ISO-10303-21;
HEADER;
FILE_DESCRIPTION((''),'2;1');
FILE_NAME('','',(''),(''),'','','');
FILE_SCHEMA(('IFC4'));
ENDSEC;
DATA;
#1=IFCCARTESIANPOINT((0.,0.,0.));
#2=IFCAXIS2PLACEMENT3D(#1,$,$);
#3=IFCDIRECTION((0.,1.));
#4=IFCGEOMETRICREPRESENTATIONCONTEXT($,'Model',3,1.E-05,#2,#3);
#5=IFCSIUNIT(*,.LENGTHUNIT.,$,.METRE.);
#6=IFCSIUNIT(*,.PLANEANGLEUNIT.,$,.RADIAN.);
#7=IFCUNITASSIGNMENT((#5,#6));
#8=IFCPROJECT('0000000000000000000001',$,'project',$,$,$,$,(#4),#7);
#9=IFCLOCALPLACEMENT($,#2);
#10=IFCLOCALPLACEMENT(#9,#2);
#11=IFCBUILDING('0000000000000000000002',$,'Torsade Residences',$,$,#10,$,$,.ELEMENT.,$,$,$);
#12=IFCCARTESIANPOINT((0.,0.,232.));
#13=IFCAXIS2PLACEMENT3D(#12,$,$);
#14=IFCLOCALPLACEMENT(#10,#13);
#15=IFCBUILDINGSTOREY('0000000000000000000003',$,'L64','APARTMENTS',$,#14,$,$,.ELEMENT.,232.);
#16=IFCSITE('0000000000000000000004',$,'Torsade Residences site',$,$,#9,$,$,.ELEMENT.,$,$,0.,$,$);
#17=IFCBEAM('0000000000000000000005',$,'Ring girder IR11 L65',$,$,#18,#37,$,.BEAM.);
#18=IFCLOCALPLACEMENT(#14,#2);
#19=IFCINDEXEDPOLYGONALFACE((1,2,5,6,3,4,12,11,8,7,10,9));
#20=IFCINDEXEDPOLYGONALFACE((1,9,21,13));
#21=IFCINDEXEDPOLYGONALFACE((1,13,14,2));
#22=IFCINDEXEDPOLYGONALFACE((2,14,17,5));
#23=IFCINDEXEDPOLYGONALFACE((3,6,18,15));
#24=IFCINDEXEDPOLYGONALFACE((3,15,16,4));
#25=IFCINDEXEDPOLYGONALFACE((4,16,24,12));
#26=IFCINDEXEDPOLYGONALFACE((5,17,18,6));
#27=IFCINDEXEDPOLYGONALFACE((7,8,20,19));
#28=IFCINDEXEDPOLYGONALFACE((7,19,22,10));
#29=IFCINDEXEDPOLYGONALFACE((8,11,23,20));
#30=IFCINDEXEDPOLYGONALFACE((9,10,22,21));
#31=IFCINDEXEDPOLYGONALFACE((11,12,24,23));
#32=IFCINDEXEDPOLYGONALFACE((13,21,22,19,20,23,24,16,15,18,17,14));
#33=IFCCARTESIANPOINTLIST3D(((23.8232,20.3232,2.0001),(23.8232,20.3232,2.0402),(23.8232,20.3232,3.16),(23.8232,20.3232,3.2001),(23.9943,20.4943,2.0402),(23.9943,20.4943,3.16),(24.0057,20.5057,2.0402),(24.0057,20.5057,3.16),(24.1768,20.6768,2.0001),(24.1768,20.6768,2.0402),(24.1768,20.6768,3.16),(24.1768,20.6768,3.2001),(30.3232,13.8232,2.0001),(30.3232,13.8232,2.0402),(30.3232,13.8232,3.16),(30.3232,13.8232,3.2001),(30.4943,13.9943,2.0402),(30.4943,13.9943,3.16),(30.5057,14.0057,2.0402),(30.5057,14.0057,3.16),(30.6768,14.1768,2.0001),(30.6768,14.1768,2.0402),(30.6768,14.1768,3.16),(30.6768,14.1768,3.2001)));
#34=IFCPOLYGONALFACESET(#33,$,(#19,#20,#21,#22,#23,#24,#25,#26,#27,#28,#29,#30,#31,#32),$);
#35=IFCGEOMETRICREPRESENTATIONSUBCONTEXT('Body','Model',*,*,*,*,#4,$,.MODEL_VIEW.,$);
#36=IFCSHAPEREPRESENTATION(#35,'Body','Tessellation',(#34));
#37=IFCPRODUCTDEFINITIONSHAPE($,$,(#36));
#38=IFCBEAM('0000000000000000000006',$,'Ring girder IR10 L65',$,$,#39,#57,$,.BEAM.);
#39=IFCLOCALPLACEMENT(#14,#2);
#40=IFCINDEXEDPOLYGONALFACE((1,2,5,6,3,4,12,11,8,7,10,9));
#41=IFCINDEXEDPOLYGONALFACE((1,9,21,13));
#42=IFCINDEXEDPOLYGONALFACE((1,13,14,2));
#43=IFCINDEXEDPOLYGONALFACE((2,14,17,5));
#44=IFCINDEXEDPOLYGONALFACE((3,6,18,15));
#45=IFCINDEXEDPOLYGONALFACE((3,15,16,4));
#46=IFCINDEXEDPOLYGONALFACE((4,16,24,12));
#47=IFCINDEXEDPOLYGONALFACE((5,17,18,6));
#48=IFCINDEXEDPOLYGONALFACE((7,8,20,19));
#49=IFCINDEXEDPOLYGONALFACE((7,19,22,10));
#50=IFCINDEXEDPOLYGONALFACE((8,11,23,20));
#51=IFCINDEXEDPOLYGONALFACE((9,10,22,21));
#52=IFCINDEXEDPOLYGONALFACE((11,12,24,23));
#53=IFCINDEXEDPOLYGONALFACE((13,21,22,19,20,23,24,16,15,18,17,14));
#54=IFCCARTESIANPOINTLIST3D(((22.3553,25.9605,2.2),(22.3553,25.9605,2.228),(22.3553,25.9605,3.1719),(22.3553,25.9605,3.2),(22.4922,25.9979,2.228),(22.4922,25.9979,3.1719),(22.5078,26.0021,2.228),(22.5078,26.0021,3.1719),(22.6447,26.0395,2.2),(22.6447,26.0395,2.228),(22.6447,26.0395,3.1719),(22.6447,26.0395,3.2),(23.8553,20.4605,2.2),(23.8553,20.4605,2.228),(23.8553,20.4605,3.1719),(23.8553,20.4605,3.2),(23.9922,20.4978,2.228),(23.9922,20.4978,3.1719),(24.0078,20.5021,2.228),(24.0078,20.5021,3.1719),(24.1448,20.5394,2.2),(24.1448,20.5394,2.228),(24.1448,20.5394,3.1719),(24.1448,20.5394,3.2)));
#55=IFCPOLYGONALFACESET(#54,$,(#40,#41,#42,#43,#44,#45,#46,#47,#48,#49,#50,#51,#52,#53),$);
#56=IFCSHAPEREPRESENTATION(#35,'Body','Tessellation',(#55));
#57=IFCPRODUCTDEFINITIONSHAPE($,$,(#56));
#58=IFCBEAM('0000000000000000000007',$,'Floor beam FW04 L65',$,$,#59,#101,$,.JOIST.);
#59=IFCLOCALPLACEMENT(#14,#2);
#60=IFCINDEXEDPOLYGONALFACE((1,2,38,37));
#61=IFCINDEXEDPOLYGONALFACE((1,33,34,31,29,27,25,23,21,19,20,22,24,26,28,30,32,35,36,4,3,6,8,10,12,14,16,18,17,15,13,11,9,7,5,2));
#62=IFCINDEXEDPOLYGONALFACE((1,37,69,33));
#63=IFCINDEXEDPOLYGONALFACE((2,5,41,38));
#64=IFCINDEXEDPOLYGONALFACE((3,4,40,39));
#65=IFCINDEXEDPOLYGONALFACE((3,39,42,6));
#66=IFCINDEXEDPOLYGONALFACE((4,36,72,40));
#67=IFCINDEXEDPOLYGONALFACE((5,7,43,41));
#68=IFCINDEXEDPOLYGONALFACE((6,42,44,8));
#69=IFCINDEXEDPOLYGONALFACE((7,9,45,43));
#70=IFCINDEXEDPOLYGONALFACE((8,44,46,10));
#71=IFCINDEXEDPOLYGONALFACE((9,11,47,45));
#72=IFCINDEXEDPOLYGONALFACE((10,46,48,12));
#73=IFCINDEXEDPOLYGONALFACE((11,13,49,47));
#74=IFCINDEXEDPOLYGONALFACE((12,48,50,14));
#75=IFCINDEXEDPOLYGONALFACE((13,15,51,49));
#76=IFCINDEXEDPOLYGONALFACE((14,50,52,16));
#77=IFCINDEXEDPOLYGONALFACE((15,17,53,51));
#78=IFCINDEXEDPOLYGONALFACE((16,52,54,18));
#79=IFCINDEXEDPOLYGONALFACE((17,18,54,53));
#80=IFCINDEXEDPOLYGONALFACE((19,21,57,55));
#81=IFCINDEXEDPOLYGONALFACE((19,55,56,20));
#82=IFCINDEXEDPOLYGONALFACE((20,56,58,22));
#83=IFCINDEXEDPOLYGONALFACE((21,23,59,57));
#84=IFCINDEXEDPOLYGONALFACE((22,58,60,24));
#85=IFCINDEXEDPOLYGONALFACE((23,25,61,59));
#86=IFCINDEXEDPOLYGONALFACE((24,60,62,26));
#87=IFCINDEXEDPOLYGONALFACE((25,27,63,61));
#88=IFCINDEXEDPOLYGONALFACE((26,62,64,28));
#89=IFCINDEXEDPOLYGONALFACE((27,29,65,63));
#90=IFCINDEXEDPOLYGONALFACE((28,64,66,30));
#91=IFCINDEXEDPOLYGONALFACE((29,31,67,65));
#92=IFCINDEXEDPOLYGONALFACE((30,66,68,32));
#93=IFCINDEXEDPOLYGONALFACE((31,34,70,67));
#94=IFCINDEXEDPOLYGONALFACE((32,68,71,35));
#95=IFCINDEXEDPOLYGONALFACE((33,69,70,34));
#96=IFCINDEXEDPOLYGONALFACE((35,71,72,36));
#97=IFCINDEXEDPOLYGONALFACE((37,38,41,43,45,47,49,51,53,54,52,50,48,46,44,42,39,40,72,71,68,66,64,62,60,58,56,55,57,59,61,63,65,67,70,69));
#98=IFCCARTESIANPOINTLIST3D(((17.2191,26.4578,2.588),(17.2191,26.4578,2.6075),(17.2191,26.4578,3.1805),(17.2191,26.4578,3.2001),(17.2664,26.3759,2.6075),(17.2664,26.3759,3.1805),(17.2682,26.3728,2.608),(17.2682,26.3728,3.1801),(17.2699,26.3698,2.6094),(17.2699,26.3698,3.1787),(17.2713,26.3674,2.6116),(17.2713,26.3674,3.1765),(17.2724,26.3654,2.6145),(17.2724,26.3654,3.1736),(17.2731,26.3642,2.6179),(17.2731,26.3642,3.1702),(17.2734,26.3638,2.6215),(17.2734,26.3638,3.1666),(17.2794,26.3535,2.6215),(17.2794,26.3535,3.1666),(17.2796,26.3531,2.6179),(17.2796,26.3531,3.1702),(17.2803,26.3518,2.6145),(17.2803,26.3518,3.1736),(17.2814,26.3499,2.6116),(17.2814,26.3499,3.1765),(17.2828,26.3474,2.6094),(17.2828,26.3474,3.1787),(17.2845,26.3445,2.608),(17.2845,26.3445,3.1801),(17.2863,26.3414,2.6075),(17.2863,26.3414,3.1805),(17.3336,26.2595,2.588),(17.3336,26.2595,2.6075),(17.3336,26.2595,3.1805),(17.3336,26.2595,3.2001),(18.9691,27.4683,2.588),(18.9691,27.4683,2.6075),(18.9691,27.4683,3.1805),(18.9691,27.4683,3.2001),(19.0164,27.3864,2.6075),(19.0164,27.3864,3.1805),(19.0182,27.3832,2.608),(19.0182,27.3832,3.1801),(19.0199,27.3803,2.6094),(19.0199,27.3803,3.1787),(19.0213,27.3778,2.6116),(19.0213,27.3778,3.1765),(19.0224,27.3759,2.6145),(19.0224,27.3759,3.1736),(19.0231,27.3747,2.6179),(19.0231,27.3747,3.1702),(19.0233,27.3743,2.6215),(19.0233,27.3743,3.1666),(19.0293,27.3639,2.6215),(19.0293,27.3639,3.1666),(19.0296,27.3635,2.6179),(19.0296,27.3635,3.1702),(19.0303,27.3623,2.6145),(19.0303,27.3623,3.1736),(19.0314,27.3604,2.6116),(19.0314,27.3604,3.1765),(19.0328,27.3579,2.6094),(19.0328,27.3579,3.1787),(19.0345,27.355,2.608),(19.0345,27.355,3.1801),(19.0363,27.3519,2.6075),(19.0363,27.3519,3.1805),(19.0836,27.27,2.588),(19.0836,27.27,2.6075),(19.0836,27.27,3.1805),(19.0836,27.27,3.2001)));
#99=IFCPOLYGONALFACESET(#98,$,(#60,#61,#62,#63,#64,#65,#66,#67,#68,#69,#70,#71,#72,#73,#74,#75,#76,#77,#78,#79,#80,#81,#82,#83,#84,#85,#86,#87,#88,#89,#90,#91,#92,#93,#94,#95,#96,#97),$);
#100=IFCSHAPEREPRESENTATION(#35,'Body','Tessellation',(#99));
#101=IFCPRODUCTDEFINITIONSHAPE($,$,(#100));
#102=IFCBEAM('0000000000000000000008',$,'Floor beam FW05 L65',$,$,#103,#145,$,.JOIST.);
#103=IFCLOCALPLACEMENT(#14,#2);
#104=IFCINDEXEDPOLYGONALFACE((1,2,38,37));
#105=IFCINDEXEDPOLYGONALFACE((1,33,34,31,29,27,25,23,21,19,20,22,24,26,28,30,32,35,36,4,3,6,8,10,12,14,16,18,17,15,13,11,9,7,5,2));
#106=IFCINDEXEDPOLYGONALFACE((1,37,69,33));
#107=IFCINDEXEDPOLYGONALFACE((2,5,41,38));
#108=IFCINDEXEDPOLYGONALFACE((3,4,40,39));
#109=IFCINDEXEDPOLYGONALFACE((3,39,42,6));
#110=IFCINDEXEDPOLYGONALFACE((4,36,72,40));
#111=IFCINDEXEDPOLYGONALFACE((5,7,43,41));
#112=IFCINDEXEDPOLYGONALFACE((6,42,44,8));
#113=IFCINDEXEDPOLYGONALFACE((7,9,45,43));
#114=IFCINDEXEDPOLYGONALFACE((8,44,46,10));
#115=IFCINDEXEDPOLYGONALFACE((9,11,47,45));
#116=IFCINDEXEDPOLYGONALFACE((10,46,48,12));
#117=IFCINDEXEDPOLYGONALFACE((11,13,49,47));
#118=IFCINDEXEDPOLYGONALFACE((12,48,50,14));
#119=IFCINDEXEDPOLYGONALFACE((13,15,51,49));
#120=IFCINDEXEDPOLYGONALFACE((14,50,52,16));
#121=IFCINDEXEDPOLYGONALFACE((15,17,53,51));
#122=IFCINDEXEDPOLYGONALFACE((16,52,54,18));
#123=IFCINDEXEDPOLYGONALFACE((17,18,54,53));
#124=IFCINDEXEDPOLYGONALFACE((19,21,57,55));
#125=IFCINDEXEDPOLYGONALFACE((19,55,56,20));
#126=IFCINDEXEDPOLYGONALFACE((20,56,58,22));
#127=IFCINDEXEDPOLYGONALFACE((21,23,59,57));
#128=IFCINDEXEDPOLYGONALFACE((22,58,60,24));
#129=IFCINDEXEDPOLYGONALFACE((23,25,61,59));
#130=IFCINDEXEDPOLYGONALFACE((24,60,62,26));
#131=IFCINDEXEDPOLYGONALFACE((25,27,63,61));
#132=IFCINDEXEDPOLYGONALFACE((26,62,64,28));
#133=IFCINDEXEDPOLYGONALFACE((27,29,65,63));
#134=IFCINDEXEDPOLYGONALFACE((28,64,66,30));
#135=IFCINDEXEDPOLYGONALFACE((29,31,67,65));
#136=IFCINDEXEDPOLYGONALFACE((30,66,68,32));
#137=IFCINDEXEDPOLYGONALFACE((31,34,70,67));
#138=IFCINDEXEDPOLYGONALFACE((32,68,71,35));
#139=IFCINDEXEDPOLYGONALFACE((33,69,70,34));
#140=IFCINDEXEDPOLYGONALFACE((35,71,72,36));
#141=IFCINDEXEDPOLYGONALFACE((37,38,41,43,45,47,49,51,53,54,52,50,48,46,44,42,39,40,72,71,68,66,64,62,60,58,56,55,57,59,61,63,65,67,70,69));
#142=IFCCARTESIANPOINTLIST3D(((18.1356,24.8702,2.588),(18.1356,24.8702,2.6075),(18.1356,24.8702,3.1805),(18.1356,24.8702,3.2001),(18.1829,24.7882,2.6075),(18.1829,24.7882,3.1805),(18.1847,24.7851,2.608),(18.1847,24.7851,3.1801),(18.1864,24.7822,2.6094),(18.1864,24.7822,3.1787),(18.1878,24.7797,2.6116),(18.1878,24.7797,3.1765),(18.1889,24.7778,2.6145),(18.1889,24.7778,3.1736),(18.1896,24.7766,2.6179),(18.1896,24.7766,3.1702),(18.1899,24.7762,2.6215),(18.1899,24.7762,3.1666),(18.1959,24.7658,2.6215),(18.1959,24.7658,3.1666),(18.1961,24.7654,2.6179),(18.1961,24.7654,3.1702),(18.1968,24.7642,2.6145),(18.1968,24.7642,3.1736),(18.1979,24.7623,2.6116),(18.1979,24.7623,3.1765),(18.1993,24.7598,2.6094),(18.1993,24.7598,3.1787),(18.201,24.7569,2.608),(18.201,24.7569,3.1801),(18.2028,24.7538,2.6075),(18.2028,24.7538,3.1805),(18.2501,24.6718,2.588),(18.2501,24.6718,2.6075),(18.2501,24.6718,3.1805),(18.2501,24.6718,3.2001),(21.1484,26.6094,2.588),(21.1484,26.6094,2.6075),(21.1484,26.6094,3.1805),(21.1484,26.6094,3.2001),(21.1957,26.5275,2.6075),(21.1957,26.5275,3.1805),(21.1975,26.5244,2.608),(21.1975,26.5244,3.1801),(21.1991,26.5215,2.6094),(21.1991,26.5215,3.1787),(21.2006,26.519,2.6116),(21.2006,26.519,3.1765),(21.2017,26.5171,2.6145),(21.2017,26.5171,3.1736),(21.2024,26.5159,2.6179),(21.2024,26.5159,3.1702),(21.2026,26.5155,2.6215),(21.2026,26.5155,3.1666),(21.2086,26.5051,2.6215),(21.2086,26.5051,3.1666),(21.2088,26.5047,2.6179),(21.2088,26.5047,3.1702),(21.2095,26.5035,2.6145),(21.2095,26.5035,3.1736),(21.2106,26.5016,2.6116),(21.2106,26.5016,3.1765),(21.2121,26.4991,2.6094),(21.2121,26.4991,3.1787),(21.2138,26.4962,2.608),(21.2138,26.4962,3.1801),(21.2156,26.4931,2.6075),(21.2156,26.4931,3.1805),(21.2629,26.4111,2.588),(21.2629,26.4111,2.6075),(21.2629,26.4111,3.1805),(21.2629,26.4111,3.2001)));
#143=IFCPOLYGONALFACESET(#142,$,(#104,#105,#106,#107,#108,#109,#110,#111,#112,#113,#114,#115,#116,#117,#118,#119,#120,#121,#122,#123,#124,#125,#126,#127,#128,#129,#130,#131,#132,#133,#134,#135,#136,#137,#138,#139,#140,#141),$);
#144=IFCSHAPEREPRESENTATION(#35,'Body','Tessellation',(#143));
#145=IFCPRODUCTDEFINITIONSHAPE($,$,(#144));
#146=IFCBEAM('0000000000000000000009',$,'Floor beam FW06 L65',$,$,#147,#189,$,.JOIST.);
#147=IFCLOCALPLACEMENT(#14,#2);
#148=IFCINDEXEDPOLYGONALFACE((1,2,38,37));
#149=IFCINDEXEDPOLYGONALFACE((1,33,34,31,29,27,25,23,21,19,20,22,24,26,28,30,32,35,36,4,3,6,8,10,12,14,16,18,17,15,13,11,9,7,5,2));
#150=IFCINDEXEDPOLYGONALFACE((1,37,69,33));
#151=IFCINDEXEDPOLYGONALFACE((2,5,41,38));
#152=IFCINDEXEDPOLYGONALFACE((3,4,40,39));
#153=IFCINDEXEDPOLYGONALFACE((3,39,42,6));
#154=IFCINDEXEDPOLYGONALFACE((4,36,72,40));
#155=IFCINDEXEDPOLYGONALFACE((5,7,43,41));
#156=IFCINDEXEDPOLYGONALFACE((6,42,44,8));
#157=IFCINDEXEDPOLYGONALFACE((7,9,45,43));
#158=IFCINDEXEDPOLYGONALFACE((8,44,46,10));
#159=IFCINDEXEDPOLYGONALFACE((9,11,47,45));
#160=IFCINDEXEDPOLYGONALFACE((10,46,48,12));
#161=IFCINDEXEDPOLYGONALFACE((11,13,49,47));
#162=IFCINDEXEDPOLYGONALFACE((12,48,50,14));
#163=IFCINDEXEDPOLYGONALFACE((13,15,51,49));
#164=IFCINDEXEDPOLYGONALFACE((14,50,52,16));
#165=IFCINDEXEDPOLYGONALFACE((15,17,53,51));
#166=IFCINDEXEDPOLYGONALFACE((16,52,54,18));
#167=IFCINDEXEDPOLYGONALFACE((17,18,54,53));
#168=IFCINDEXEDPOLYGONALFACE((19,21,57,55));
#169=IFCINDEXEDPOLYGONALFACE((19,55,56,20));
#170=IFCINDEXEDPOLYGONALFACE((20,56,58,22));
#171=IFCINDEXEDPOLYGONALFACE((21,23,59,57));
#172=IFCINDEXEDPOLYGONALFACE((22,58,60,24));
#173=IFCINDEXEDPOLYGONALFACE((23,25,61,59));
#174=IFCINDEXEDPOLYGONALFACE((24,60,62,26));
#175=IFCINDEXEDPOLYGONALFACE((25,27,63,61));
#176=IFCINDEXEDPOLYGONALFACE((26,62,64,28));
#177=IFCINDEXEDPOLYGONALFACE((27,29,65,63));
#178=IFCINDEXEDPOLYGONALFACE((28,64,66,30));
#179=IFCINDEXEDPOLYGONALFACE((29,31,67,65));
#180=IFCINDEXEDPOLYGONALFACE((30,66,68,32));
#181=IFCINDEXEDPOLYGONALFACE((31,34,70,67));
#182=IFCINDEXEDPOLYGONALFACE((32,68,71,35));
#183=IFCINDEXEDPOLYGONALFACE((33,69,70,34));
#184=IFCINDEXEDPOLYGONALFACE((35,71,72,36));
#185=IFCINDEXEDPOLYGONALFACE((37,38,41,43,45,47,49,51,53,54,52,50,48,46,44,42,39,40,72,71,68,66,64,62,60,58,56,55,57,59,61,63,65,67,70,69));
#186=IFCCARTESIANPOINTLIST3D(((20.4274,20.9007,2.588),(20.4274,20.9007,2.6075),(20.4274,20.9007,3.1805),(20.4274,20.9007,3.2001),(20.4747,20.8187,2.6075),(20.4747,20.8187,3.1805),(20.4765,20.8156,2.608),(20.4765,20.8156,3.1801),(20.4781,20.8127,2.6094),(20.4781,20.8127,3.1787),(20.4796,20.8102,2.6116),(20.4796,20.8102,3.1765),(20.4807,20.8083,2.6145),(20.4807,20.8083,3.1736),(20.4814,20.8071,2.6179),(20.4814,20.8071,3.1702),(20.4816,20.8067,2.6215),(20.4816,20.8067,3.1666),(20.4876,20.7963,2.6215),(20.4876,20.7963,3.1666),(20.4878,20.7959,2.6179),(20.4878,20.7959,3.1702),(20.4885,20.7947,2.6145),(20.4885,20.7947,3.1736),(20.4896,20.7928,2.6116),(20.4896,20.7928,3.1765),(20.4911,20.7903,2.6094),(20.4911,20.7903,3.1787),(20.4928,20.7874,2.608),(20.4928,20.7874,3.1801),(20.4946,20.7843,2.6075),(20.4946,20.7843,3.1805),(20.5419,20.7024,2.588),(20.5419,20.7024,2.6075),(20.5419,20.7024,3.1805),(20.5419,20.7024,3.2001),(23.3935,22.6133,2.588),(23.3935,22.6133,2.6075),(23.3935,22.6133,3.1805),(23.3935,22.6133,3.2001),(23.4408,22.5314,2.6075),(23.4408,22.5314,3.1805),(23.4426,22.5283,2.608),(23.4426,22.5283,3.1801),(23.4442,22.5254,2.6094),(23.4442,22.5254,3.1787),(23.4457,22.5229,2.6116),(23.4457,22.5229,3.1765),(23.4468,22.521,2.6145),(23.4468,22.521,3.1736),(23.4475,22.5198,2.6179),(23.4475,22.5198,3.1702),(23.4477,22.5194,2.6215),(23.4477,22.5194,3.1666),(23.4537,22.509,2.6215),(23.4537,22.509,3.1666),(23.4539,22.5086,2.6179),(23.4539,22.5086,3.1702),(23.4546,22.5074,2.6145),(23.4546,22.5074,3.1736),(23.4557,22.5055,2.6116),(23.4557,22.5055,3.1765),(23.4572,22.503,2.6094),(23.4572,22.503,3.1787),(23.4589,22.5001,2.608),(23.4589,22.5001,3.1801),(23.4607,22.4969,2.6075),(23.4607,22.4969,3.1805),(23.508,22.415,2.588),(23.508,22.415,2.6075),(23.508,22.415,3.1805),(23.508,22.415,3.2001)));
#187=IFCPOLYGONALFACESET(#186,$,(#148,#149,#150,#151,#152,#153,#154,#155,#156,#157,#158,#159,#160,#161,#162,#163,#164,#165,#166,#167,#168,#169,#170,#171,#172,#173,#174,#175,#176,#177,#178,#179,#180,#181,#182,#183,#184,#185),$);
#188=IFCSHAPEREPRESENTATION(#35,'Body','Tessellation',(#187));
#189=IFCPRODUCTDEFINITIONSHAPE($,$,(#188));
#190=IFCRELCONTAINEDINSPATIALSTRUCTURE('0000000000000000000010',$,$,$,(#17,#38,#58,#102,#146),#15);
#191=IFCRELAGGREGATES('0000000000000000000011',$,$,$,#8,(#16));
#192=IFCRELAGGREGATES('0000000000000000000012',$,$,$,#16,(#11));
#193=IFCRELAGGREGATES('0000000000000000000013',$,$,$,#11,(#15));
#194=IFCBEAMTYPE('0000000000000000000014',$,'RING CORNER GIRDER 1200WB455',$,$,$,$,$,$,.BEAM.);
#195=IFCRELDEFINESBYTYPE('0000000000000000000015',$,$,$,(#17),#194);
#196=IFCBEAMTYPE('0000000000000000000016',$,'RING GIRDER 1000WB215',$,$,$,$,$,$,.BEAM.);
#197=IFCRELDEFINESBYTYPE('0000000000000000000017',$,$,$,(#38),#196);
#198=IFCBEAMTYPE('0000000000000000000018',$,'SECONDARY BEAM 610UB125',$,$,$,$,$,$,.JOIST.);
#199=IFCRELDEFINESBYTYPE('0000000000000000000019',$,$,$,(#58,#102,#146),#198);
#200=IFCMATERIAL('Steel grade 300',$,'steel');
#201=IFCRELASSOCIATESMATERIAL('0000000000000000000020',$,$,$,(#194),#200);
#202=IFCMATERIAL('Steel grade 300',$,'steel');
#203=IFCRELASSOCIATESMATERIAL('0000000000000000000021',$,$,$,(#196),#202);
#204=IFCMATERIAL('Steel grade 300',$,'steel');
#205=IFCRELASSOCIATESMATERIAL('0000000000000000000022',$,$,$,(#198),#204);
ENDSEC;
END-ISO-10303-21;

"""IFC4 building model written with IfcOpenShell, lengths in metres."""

from ifc_helpers import new_model, si_unit, direction, frame, origin, origin_2d, place, context, subcontext, project, spatial, i_section, extrude, material, material_profile, profile_set, type_object, element, save


model = new_model("IFC4")

# Units and contexts
model_context = context("Model", 3, precision=1e-05, world=origin(), true_north=direction((0.0, 1.0)))
body_context = subcontext(model_context, "Body", "Model", "MODEL_VIEW")
ifc_project = project(units=[si_unit("LENGTHUNIT", "METRE"), si_unit("PLANEANGLEUNIT", "RADIAN")], contexts=[model_context])

# Site, building, storey
site_placement = place(None, origin())
site = spatial("IfcSite", under=ifc_project, at=site_placement, Name="Torsade Residences site", CompositionType="ELEMENT", RefElevation=0.0)
building_placement = place(site_placement, origin())
building = spatial("IfcBuilding", under=site, at=building_placement, Name="Torsade Residences", CompositionType="ELEMENT")
storey_placement = place(building_placement, frame((0.0, 0.0, 232.0)))
storey = spatial("IfcBuildingStorey", under=building, at=storey_placement, Name="L64", Description="APARTMENTS", CompositionType="ELEMENT", Elevation=232.0)

# Beams
ifc_material_1 = material(Name="Steel grade 300", Category="steel")
ifc_material_profile_1 = material_profile(ifc_material_1, i_section(OverallWidth=0.5, OverallDepth=1.2, WebThickness=0.0161, FlangeThickness=0.04, at=origin_2d()), Name="1200WB455")
ifc_profile_set_1 = profile_set([ifc_material_profile_1], Name="Steel grade 300")
beam_type_1 = type_object("IfcBeamType", Name="RING CORNER GIRDER 1200WB455", PredefinedType="BEAM", material=ifc_profile_set_1)
beam_1_placement = place(storey_placement, frame((24.0, 20.5, 2.6001), z_axis=(0.707107, -0.707107, 0.0), x_axis=(0.707107, 0.707107, 0.0)))
element("IfcBeam", 1, at=beam_1_placement, inside=storey, type_object=beam_type_1, Name="Ring girder IR11 L65", PredefinedType="BEAM", context=body_context, shape_type="SweptSolid", body=[
    extrude(i_section(OverallWidth=0.5, OverallDepth=1.2, WebThickness=0.0161, FlangeThickness=0.04, at=origin_2d()), origin(), (0.0, 0.0, 1.0), 9.1924),
])
ifc_material_2 = material(Name="Steel grade 300", Category="steel")
ifc_material_profile_2 = material_profile(ifc_material_2, i_section(OverallWidth=0.3, OverallDepth=1.0, WebThickness=0.0161, FlangeThickness=0.0281, at=origin_2d()), Name="1000WB215")
ifc_profile_set_2 = profile_set([ifc_material_profile_2], Name="Steel grade 300")
beam_type_2 = type_object("IfcBeamType", Name="RING GIRDER 1000WB215", PredefinedType="BEAM", material=ifc_profile_set_2)
beam_2_placement = place(storey_placement, frame((22.5, 26.0, 2.7), z_axis=(0.263117, -0.964764, 0.0), x_axis=(0.964764, 0.263117, 0.0)))
element("IfcBeam", 2, at=beam_2_placement, inside=storey, type_object=beam_type_2, Name="Ring girder IR10 L65", PredefinedType="BEAM", context=body_context, shape_type="SweptSolid", body=[
    extrude(i_section(OverallWidth=0.3, OverallDepth=1.0, WebThickness=0.0161, FlangeThickness=0.0281, at=origin_2d()), origin(), (0.0, 0.0, 1.0), 5.7009),
])
ifc_material_3 = material(Name="Steel grade 300", Category="steel")
ifc_material_profile_3 = material_profile(ifc_material_3, i_section(OverallWidth=0.229, OverallDepth=0.6121, WebThickness=0.012, FlangeThickness=0.0195, FilletRadius=0.0139, at=origin_2d()), Name="610UB125")
ifc_profile_set_3 = profile_set([ifc_material_profile_3], Name="Steel grade 300")
beam_type_3 = type_object("IfcBeamType", Name="SECONDARY BEAM 610UB125", PredefinedType="JOIST", material=ifc_profile_set_3)
beam_3_placement = place(storey_placement, frame((17.2764, 26.3586, 2.894), z_axis=(0.865996, 0.50005, 0.0), x_axis=(-0.50005, 0.865996, 0.0)))
element("IfcBeam", 3, at=beam_3_placement, inside=storey, type_object=beam_type_3, Name="Floor beam FW04 L65", PredefinedType="JOIST", context=body_context, shape_type="SweptSolid", body=[
    extrude(i_section(OverallWidth=0.229, OverallDepth=0.6121, WebThickness=0.012, FlangeThickness=0.0195, FilletRadius=0.0139, at=origin_2d()), origin(), (0.0, 0.0, 1.0), 2.0208),
])
beam_4_placement = place(storey_placement, frame((18.1929, 24.771, 2.894), z_axis=(0.866041, 0.499974, 0.0), x_axis=(-0.499974, 0.866041, 0.0)))
element("IfcBeam", 4, at=beam_4_placement, inside=storey, type_object=beam_type_3, Name="Floor beam FW05 L65", PredefinedType="JOIST", context=body_context, shape_type="SweptSolid", body=[
    extrude(i_section(OverallWidth=0.229, OverallDepth=0.6121, WebThickness=0.012, FlangeThickness=0.0195, FilletRadius=0.0139, at=origin_2d()), origin(), (0.0, 0.0, 1.0), 3.4788),
])
beam_5_placement = place(storey_placement, frame((20.4846, 20.8015, 2.894), z_axis=(0.866002, 0.500041, 0.0), x_axis=(-0.500041, 0.866002, 0.0)))
element("IfcBeam", 5, at=beam_5_placement, inside=storey, type_object=beam_type_3, Name="Floor beam FW06 L65", PredefinedType="JOIST", context=body_context, shape_type="SweptSolid", body=[
    extrude(i_section(OverallWidth=0.229, OverallDepth=0.6121, WebThickness=0.012, FlangeThickness=0.0195, FilletRadius=0.0139, at=origin_2d()), origin(), (0.0, 0.0, 1.0), 3.425),
])

save(model, "model.ifc")
